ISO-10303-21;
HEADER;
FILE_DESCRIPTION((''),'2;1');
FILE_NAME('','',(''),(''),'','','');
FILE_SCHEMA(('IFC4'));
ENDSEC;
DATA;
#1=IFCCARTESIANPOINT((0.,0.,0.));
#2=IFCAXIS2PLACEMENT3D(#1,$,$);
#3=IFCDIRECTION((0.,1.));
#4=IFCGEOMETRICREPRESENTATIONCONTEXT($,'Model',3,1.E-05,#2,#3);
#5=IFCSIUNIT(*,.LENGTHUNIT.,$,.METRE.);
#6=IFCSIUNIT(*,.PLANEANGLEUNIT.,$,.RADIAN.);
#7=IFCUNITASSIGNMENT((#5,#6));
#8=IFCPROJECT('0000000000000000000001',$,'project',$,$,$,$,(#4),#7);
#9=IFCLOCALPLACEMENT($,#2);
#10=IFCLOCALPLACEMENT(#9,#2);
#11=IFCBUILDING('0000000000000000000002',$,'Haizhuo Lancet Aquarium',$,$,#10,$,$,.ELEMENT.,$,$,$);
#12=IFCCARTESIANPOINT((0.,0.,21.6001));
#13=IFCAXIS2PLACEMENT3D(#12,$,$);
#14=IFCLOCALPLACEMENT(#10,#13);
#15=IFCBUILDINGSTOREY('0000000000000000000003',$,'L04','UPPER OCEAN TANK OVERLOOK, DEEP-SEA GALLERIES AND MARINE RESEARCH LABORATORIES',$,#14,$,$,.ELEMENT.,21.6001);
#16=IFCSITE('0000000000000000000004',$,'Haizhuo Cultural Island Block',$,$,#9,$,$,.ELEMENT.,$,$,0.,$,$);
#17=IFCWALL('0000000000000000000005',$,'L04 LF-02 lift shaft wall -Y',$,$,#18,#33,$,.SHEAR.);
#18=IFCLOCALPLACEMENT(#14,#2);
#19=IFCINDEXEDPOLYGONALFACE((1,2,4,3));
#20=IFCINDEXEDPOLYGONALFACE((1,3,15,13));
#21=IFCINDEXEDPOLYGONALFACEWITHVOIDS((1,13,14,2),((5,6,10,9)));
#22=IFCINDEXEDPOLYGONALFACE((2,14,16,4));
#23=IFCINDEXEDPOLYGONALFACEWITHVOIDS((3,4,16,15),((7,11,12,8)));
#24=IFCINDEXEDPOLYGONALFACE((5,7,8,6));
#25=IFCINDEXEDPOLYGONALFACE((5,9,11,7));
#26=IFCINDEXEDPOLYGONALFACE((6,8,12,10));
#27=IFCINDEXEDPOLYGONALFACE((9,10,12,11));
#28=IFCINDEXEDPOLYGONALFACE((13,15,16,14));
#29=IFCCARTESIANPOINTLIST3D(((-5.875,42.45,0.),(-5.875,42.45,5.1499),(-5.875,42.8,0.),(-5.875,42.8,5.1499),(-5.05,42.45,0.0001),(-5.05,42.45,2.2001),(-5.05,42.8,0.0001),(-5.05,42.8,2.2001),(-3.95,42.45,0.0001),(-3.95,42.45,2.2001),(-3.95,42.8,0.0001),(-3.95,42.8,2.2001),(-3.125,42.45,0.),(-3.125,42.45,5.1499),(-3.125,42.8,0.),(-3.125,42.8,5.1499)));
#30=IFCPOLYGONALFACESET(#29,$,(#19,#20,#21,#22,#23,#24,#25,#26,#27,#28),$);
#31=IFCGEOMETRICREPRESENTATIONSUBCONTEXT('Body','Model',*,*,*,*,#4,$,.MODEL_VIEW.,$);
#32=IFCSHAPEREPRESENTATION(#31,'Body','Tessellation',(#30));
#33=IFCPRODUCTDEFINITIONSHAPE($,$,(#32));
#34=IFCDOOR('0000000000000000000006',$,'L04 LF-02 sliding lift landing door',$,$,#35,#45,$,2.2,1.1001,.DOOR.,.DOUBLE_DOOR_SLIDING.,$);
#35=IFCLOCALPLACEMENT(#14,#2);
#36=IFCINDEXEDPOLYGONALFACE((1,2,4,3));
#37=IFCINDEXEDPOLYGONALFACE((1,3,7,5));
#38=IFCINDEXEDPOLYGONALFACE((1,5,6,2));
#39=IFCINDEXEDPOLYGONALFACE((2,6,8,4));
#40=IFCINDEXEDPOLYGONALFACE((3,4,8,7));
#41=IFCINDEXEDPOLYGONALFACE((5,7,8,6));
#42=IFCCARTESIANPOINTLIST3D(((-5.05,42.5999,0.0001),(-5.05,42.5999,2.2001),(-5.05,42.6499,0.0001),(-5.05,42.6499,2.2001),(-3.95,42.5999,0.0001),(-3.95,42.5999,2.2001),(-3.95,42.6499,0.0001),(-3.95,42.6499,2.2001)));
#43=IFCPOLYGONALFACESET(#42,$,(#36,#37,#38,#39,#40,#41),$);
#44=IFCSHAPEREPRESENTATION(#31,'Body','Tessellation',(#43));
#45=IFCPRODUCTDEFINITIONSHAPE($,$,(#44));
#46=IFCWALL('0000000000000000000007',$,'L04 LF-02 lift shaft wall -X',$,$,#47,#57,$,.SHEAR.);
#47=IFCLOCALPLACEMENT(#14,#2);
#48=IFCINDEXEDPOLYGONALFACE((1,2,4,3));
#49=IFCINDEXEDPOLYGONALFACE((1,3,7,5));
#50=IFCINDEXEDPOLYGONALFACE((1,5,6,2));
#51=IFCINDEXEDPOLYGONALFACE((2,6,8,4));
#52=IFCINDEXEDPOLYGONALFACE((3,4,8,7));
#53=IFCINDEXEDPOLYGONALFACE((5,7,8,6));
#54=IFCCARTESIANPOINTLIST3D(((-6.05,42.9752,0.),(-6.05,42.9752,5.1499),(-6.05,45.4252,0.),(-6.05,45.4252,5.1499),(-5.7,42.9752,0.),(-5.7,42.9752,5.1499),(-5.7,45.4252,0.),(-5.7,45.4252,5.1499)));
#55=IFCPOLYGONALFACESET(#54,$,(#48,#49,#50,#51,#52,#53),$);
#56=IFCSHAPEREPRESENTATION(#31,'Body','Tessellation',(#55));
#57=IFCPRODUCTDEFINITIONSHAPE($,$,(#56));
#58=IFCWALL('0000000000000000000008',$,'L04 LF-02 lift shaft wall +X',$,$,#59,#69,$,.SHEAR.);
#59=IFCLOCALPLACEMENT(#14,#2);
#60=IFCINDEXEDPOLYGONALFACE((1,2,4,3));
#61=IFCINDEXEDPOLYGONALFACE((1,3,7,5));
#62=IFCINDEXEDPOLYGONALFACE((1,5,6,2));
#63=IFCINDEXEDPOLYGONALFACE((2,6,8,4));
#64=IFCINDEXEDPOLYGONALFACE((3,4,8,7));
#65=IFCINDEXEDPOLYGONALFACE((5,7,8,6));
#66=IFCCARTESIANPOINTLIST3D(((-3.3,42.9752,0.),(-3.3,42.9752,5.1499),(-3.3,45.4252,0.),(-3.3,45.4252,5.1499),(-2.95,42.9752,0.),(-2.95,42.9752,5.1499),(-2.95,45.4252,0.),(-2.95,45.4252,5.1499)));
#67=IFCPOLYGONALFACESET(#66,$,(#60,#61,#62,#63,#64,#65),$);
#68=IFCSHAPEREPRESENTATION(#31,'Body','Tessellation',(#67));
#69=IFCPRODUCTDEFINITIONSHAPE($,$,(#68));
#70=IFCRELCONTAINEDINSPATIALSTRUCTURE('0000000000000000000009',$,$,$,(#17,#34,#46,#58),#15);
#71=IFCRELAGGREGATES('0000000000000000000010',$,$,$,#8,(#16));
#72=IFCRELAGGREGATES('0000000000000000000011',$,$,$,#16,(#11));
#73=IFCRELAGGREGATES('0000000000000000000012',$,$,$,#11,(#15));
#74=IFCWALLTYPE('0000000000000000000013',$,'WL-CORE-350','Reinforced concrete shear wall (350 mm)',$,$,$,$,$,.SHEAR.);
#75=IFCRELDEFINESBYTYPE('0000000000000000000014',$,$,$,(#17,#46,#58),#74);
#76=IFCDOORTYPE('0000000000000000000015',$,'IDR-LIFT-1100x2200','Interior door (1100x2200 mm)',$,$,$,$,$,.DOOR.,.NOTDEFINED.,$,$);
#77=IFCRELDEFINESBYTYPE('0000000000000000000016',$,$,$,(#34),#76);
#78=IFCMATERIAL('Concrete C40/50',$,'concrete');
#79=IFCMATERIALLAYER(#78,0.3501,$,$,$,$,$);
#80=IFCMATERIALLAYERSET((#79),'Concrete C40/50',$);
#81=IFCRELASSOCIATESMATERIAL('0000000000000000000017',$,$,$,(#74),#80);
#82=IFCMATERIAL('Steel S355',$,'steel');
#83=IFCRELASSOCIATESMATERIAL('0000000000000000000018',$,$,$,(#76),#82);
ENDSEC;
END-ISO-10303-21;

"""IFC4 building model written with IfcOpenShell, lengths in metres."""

from ifc_helpers import new_model, si_unit, direction, frame, frame_2d, origin, place, context, subcontext, project, spatial, rectangle, extrude, material, layer, layer_set, type_object, element, fill, save


model = new_model("IFC4")

# Units and contexts
model_context = context("Model", 3, precision=1e-05, world=origin(), true_north=direction((0.0, 1.0)))
body_context = subcontext(model_context, "Body", "Model", "MODEL_VIEW")
ifc_project = project(units=[si_unit("LENGTHUNIT", "METRE"), si_unit("PLANEANGLEUNIT", "RADIAN")], contexts=[model_context])

# Site, building, storey
site_placement = place(None, origin())
site = spatial("IfcSite", under=ifc_project, at=site_placement, Name="Haizhuo Cultural Island Block", CompositionType="ELEMENT", RefElevation=0.0)
building_placement = place(site_placement, origin())
building = spatial("IfcBuilding", under=site, at=building_placement, Name="Haizhuo Lancet Aquarium", CompositionType="ELEMENT")
storey_placement = place(building_placement, frame((0.0, 0.0, 21.6001)))
storey = spatial("IfcBuildingStorey", under=building, at=storey_placement, Name="L04", Description="UPPER OCEAN TANK OVERLOOK, DEEP-SEA GALLERIES AND MARINE RESEARCH LABORATORIES", CompositionType="ELEMENT", Elevation=21.6001)

# Shared definitions
ifc_material_1 = material(Name="Concrete C40/50", Category="concrete")

# Shared definitions
ifc_material_2 = material(Name="Steel S355", Category="steel")

# Wall, opening, door
ifc_layer_1 = layer(ifc_material_1, 0.3501)
ifc_layer_set_1 = layer_set([ifc_layer_1], Name="Concrete C40/50")
wall_type_1 = type_object("IfcWallType", Name="WL-CORE-350", Description="Reinforced concrete shear wall (350 mm)", PredefinedType="SHEAR", material=ifc_layer_set_1)
wall_1_placement = place(storey_placement, frame((-5.875, 42.625, 0.0), z_axis=(0.0, 0.0, 1.0), x_axis=(1.0, 0.0, 0.0)))
wall_1 = element("IfcWall", 1, at=wall_1_placement, inside=storey, type_object=wall_type_1, Name="L04 LF-02 lift shaft wall -Y", PredefinedType="SHEAR", context=body_context, shape_type="SweptSolid", body=[
    extrude(rectangle(XDim=2.75, YDim=0.3501, at=frame_2d((1.375, 0.0))), origin(), (0.0, 0.0, 1.0), 5.1499),
])
opening_1_placement = place(wall_1_placement, frame((0.825, 0.0, 0.0)))
opening_1 = element("IfcOpeningElement", 2, at=opening_1_placement, cuts=wall_1, PredefinedType="OPENING", context=body_context, shape_type="SweptSolid", body=[
    extrude(rectangle(XDim=1.1001, YDim=2.2, at=frame_2d((0.55, 1.1001))), frame((0.0, 0.1851, 0.0), z_axis=(0.0, -1.0, 0.0), x_axis=(1.0, 0.0, 0.0)), (0.0, 0.0, 1.0), 0.3701),
])
door_type_1 = type_object("IfcDoorType", Name="IDR-LIFT-1100x2200", Description="Interior door (1100x2200 mm)", OperationType="NOTDEFINED", PredefinedType="DOOR", material=ifc_material_2)
door_1_placement = place(opening_1_placement, origin())
door_1 = element("IfcDoor", 3, at=door_1_placement, inside=storey, type_object=door_type_1, Name="L04 LF-02 sliding lift landing door", OperationType="DOUBLE_DOOR_SLIDING", OverallHeight=2.2, OverallWidth=1.1001, PredefinedType="DOOR", context=body_context, shape_type="SweptSolid", body=[
    extrude(rectangle(XDim=1.1001, YDim=2.2, at=frame_2d((0.55, 1.1001))), frame((0.0, 0.0249, 0.0), z_axis=(0.0, -1.0, 0.0), x_axis=(1.0, 0.0, 0.0)), (0.0, 0.0, 1.0), 0.05),
])
fill(opening_1, door_1)

# Walls
for number, where, z_axis, x_axis, name in (
    (4, (-5.875, 42.9751, 0.0), (0.0, 0.0, 1.0), (0.0, 1.0, 0.0), "L04 LF-02 lift shaft wall -X"),
    (5, (-3.125, 42.9751, 0.0), (0.0, 0.0, 1.0), (0.0, 1.0, 0.0), "L04 LF-02 lift shaft wall +X"),
):
    element("IfcWall", number, at=place(storey_placement, frame(where, z_axis=z_axis, x_axis=x_axis)), inside=storey, type_object=wall_type_1, Name=name, PredefinedType="SHEAR", context=body_context, shape_type="SweptSolid", body=[
        extrude(rectangle(XDim=2.45, YDim=0.3501, at=frame_2d((1.2251, 0.0))), origin(), (0.0, 0.0, 1.0), 5.1499),
    ])

save(model, "model.ifc")
